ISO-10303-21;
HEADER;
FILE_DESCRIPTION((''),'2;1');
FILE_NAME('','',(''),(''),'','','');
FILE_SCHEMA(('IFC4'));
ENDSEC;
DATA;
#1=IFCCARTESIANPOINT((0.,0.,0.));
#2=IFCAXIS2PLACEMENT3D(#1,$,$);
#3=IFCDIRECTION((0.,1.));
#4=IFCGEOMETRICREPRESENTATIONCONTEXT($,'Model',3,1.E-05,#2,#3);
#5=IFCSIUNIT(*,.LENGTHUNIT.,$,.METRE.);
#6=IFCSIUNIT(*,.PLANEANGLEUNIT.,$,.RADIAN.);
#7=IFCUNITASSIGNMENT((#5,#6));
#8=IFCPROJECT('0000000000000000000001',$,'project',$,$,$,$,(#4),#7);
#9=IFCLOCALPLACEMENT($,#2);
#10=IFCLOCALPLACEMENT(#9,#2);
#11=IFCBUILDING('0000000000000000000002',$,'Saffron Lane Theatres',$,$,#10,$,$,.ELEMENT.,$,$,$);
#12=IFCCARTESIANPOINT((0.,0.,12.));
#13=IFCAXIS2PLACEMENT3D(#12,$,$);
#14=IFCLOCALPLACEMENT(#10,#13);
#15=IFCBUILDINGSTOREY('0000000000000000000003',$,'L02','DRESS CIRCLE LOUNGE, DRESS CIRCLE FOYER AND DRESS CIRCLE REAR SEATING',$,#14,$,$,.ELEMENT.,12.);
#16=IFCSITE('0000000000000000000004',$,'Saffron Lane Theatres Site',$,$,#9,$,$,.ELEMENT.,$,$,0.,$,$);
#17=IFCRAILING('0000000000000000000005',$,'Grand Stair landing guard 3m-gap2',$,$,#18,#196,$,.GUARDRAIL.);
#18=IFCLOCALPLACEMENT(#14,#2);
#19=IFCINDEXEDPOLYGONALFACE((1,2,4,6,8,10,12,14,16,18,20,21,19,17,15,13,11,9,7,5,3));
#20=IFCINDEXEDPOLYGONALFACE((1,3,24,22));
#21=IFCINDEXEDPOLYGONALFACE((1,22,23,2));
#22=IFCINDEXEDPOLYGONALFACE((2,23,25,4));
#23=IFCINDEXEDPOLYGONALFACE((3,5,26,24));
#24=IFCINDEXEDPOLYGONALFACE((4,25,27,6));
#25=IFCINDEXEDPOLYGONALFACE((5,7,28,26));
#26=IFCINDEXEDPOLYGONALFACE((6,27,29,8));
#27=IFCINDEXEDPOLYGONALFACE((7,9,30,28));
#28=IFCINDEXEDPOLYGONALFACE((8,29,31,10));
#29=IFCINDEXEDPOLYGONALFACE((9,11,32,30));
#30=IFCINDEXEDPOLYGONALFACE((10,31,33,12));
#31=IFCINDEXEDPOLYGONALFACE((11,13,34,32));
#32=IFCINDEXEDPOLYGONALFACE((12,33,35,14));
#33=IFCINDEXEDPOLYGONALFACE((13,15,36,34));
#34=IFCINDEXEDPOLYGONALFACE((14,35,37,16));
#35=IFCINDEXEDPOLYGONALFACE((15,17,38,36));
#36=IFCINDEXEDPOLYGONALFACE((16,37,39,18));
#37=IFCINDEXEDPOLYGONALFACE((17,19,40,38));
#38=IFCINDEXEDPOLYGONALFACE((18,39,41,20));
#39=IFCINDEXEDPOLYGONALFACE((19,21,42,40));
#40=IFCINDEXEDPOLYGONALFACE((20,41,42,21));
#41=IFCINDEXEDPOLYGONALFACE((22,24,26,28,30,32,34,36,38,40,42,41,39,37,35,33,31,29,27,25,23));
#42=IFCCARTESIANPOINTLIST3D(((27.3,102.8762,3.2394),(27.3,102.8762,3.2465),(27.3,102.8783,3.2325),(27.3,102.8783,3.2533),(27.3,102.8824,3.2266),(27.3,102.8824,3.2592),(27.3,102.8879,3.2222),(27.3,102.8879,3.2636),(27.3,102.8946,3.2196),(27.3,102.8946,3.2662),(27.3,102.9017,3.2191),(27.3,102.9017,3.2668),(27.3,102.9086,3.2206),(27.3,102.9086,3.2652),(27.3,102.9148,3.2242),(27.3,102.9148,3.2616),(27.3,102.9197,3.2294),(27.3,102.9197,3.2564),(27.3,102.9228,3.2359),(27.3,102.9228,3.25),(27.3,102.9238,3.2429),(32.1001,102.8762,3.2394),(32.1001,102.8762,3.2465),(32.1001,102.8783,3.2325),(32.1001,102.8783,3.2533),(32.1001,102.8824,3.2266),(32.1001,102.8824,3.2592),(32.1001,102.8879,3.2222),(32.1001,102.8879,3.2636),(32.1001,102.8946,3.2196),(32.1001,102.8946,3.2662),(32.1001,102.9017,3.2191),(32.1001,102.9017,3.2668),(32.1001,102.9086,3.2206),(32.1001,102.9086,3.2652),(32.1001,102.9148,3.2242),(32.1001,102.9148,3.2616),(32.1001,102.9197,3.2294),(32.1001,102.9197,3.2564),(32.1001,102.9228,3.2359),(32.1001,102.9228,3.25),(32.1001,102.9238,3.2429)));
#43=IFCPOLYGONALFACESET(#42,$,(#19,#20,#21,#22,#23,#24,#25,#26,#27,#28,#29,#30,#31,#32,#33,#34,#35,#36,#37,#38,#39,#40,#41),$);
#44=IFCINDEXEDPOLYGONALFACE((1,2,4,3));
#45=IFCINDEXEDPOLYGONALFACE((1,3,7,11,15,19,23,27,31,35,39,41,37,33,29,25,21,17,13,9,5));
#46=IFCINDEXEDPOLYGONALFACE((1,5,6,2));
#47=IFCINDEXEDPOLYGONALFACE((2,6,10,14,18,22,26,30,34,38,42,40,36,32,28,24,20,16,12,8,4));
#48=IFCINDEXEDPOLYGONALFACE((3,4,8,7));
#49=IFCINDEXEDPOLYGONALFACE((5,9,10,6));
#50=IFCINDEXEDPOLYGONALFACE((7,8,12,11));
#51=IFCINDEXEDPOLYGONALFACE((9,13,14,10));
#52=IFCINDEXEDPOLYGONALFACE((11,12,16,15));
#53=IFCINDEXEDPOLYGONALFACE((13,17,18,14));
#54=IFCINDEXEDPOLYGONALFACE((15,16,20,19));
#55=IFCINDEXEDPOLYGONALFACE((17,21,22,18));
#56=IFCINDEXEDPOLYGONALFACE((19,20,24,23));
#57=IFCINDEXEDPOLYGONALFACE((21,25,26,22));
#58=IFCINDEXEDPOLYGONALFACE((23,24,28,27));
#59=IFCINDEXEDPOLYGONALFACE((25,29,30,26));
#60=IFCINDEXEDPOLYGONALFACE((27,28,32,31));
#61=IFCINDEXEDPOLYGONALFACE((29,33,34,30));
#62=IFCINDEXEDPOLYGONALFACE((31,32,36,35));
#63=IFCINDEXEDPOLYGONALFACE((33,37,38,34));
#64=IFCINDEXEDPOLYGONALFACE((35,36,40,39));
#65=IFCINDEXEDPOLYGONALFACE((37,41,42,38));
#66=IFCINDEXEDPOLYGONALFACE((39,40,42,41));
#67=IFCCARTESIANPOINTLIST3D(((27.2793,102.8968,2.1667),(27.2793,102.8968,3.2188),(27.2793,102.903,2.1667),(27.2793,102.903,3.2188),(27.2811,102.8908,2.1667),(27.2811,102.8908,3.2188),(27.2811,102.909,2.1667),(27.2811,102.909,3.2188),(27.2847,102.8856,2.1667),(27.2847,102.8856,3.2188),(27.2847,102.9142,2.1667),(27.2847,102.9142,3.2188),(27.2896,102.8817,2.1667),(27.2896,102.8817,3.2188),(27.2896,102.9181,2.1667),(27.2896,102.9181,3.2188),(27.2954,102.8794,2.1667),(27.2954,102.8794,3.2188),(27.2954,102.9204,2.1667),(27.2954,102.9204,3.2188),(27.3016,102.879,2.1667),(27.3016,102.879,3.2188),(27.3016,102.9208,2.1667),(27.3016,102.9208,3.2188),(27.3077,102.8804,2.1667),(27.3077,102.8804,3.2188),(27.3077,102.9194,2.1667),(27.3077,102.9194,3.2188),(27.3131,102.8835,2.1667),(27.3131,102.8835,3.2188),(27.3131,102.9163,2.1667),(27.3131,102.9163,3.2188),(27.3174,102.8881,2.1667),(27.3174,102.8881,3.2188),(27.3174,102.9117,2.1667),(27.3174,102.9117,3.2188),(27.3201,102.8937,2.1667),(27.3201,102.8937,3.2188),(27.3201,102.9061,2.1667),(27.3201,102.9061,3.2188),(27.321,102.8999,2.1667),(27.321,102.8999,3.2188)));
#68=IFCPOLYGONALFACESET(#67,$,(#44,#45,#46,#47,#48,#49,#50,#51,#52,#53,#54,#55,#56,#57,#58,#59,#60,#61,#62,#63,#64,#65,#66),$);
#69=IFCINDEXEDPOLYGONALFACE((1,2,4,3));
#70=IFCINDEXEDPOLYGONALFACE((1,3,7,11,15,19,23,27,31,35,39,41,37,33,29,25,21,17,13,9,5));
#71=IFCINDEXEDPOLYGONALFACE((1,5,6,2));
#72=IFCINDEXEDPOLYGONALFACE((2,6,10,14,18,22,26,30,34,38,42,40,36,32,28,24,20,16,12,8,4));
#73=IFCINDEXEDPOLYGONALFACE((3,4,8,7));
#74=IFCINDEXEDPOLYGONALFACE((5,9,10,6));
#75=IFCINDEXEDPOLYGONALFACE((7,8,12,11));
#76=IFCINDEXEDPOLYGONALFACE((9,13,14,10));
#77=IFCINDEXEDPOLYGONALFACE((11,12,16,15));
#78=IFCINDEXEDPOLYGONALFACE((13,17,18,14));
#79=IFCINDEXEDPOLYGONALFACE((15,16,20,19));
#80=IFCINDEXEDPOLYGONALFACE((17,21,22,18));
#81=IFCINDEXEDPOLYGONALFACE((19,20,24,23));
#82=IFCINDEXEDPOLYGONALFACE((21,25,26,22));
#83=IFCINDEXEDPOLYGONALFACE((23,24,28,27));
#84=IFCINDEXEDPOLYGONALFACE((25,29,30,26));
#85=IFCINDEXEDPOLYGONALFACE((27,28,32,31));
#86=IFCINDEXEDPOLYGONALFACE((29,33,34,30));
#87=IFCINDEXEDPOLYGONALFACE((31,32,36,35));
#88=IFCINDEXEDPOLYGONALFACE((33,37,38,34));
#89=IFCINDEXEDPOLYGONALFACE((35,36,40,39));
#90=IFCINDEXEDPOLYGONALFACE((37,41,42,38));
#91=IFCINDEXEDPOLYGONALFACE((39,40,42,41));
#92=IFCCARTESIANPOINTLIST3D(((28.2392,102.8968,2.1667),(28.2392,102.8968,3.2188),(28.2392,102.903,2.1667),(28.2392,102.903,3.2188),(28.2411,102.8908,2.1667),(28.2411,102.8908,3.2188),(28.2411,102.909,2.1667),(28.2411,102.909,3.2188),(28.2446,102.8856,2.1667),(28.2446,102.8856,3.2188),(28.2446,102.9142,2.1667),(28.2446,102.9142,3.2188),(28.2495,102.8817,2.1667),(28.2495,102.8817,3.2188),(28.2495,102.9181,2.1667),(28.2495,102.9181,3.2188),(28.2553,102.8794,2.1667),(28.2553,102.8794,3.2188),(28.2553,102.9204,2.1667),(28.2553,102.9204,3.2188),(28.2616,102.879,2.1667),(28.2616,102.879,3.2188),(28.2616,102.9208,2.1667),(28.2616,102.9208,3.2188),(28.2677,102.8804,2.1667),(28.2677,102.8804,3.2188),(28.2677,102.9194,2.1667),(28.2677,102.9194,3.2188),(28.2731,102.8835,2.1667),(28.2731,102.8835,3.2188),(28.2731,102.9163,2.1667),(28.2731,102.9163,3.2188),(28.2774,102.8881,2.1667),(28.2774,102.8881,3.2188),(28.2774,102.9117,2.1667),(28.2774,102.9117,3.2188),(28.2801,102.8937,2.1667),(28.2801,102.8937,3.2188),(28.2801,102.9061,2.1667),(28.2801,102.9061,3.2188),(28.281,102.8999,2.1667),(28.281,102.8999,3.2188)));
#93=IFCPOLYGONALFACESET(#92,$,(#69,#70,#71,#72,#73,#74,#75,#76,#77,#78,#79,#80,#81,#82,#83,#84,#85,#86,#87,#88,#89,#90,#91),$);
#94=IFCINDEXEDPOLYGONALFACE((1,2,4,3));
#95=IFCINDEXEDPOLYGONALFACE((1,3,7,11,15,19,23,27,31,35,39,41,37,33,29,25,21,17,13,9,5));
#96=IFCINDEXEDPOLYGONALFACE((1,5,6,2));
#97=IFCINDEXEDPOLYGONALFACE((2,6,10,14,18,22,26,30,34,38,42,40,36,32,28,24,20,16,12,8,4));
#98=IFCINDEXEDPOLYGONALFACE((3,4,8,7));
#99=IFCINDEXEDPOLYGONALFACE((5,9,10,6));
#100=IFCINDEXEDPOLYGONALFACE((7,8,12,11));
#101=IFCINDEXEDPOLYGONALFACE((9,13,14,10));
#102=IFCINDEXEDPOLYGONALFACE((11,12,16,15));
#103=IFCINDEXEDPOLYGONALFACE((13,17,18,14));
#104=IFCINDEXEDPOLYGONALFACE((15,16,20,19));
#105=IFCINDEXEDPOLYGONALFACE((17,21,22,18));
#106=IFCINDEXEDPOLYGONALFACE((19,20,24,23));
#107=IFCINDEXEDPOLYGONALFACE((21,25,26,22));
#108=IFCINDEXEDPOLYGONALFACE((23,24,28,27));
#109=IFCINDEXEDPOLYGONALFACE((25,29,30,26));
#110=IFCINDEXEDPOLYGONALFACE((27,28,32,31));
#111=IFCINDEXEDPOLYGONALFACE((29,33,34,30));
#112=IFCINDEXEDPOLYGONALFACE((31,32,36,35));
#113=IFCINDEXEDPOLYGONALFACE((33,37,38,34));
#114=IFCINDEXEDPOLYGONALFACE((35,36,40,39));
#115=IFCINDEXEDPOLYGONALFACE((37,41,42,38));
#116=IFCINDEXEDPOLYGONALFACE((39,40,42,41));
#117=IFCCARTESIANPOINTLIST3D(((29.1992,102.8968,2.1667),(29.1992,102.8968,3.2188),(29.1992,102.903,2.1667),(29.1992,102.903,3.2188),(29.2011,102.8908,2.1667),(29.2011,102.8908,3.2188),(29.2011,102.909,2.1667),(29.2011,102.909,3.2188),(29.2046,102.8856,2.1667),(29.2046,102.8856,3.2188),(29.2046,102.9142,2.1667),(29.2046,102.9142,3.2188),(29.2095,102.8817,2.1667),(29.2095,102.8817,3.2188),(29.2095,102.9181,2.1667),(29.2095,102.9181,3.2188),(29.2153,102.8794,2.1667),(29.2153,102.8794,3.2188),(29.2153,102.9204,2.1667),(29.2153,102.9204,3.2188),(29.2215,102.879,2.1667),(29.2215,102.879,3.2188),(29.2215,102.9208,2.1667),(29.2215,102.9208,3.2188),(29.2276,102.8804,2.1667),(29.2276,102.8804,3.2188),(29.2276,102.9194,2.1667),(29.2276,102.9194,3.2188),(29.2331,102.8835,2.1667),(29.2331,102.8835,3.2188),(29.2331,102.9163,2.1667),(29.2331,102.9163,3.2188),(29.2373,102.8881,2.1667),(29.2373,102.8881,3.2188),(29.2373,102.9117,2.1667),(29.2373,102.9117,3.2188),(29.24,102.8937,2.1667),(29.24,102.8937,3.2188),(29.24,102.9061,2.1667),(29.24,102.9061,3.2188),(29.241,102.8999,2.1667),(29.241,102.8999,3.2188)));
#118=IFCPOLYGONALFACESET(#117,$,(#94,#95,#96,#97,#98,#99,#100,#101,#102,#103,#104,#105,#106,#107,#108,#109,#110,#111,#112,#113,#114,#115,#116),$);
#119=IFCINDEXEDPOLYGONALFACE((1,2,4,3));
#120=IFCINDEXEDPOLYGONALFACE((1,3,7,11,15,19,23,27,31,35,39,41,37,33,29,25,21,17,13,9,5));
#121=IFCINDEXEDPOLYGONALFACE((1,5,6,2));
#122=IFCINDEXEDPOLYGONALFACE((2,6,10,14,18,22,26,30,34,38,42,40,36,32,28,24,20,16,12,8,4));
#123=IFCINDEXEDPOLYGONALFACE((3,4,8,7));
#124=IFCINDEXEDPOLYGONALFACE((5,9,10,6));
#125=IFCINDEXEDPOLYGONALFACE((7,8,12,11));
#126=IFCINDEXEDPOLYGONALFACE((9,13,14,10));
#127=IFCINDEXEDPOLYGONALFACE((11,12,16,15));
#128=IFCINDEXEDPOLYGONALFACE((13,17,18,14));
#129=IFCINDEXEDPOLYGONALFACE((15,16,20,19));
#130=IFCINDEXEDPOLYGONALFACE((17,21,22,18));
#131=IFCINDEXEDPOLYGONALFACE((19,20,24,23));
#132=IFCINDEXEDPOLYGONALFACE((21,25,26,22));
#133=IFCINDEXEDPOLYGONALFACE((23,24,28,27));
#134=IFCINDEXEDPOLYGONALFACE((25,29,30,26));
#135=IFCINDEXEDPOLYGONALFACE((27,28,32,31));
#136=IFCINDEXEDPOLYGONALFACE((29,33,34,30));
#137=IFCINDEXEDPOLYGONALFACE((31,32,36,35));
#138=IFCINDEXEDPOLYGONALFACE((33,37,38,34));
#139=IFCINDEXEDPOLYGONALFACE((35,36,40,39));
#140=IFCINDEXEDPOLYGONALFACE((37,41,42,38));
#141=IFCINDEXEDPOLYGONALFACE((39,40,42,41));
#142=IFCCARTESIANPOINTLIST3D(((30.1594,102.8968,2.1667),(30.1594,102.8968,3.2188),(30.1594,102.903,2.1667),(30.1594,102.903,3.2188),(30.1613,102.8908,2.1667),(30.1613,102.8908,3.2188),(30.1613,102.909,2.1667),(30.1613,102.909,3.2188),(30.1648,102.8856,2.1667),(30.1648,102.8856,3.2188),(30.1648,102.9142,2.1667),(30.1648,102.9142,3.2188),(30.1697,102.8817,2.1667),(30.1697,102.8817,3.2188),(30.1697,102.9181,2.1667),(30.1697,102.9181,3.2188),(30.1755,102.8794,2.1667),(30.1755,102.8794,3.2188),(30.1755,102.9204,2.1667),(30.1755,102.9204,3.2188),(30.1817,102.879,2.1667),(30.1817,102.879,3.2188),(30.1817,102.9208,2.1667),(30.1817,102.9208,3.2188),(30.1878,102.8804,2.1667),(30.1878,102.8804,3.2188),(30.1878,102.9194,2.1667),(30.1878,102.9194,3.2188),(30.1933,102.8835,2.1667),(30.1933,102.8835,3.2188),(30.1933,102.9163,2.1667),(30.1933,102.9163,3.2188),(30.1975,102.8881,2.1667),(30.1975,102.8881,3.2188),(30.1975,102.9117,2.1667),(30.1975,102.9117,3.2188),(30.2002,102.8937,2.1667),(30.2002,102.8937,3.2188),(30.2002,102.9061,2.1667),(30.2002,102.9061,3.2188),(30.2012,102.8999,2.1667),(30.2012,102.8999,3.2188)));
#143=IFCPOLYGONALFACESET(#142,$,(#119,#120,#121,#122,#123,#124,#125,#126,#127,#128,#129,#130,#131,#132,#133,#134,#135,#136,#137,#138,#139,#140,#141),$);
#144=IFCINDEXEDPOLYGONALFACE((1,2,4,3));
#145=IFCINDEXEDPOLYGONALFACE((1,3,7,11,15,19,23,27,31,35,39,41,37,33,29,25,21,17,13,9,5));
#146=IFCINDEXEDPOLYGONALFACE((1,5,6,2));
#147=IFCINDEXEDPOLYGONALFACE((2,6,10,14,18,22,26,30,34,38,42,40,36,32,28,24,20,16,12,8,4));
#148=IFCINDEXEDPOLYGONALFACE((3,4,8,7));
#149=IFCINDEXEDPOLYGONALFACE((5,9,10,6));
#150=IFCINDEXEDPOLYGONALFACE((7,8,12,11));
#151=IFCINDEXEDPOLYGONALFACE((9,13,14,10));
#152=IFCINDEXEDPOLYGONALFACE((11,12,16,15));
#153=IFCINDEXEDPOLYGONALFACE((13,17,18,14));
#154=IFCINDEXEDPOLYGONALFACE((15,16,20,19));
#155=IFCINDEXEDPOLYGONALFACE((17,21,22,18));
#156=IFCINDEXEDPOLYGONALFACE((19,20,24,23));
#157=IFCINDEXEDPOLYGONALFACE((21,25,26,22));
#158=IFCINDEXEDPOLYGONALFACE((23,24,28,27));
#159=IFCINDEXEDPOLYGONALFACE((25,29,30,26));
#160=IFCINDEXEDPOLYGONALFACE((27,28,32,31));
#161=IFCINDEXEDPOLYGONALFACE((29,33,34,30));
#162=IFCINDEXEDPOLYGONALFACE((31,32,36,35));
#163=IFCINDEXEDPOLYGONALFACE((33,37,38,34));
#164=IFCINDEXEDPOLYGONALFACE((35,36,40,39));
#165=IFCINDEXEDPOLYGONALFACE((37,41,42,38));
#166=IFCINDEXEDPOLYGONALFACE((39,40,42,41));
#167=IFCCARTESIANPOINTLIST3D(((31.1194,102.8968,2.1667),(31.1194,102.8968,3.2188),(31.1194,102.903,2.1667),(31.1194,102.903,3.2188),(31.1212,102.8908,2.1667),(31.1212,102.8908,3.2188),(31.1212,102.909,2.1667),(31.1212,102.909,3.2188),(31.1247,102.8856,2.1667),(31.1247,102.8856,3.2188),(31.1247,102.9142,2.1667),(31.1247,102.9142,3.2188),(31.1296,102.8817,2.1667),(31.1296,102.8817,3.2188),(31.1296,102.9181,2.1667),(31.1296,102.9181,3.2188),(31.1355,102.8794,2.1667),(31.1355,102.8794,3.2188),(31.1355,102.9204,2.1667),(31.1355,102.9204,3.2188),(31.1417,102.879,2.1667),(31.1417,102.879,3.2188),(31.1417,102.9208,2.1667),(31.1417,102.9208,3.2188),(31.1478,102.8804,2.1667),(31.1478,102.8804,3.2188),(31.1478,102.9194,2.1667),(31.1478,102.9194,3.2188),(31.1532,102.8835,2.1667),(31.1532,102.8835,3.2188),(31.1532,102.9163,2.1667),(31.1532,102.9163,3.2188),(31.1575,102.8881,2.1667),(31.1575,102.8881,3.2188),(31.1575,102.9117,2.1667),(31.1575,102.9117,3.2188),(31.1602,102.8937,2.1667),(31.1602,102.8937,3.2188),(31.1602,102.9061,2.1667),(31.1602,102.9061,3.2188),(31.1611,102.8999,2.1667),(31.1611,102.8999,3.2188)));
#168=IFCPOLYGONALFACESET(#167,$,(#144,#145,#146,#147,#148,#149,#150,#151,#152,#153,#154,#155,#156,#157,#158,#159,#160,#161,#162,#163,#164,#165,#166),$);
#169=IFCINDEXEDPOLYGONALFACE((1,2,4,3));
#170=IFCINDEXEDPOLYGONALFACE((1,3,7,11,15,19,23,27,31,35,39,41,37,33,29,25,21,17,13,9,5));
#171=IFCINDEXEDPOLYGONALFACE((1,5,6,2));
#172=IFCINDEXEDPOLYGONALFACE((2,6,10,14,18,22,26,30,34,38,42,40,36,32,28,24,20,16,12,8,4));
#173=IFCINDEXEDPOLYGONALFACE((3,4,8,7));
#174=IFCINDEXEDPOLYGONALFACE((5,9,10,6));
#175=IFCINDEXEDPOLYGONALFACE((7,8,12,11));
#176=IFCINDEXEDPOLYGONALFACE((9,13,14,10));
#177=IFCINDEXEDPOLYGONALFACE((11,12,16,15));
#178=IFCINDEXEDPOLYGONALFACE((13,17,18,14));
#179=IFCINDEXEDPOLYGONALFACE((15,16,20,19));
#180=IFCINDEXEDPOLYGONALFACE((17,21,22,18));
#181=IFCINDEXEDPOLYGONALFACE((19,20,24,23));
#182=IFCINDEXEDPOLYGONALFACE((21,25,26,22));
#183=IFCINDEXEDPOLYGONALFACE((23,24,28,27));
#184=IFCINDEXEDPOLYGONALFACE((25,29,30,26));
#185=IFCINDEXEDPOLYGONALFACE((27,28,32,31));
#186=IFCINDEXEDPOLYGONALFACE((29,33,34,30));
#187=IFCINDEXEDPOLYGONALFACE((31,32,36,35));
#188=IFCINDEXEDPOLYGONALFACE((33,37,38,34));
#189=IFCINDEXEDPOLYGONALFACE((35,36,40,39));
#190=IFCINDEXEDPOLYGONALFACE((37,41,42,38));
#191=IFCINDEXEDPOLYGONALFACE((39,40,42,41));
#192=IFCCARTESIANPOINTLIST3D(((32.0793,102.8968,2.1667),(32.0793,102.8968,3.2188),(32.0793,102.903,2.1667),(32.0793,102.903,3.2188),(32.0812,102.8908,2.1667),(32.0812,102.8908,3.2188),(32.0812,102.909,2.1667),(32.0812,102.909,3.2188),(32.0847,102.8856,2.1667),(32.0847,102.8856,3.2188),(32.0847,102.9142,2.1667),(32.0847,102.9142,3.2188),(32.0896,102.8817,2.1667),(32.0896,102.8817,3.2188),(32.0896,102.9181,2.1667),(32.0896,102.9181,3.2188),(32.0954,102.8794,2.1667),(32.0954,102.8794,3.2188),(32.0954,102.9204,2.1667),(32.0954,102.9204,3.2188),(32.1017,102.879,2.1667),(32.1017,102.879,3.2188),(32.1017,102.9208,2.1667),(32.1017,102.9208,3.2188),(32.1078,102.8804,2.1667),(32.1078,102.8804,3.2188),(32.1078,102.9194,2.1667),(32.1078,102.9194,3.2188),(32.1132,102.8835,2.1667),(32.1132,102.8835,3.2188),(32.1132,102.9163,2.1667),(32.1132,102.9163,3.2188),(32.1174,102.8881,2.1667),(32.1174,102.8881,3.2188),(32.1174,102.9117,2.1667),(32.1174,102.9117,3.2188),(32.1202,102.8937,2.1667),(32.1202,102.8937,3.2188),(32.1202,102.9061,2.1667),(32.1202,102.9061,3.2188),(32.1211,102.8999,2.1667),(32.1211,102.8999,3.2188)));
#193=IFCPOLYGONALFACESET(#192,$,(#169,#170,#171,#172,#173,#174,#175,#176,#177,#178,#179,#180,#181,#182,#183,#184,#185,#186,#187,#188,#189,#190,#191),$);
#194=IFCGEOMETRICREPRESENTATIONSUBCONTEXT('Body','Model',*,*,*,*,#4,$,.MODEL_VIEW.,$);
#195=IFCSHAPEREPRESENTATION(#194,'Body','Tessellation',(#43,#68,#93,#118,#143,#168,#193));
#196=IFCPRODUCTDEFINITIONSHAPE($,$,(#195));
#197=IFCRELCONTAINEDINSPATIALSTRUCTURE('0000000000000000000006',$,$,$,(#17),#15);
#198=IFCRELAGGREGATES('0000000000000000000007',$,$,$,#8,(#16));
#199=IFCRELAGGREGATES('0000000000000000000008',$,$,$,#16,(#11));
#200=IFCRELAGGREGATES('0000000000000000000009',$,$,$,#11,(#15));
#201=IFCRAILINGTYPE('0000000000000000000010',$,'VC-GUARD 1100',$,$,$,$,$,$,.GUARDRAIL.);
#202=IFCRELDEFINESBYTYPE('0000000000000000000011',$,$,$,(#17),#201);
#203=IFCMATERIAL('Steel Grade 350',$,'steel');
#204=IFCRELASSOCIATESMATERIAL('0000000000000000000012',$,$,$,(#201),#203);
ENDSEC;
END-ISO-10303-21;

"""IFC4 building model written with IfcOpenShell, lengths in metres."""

from ifc_helpers import new_model, si_unit, direction, frame, origin, origin_2d, place, context, subcontext, project, spatial, circle, extrude, material, type_object, element, save


model = new_model("IFC4")

# Units and contexts
model_context = context("Model", 3, precision=1e-05, world=origin(), true_north=direction((0.0, 1.0)))
body_context = subcontext(model_context, "Body", "Model", "MODEL_VIEW")
ifc_project = project(units=[si_unit("LENGTHUNIT", "METRE"), si_unit("PLANEANGLEUNIT", "RADIAN")], contexts=[model_context])

# Site, building, storey
site_placement = place(None, origin())
site = spatial("IfcSite", under=ifc_project, at=site_placement, Name="Saffron Lane Theatres Site", CompositionType="ELEMENT", RefElevation=0.0)
building_placement = place(site_placement, origin())
building = spatial("IfcBuilding", under=site, at=building_placement, Name="Saffron Lane Theatres", CompositionType="ELEMENT")
storey_placement = place(building_placement, frame((0.0, 0.0, 12.0)))
storey = spatial("IfcBuildingStorey", under=building, at=storey_placement, Name="L02", Description="DRESS CIRCLE LOUNGE, DRESS CIRCLE FOYER AND DRESS CIRCLE REAR SEATING", CompositionType="ELEMENT", Elevation=12.0)

# Railing
ifc_material_1 = material(Name="Steel Grade 350", Category="steel")
railing_type = type_object("IfcRailingType", Name="VC-GUARD 1100", PredefinedType="GUARDRAIL", material=ifc_material_1)
railing_1_placement = place(storey_placement, frame((27.3, 102.8999, 2.1667)))
element("IfcRailing", 1, at=railing_1_placement, inside=storey, type_object=railing_type, Name="Grand Stair landing guard 3m-gap2", PredefinedType="GUARDRAIL", context=body_context, shape_type="SweptSolid", body=[
    extrude(circle(Radius=0.0239, at=origin_2d()), frame((0.0, 0.0, 1.0762), z_axis=(1.0, 0.0, 0.0), x_axis=(0.0, 1.0, 0.0)), (0.0, 0.0, 1.0), 4.8),
    extrude(circle(Radius=0.021, at=origin_2d()), origin(), (0.0, 0.0, 1.0), 1.052),
    extrude(circle(Radius=0.021, at=origin_2d()), frame((0.96, 0.0, 0.0)), (0.0, 0.0, 1.0), 1.052),
    extrude(circle(Radius=0.021, at=origin_2d()), frame((1.9199, 0.0, 0.0)), (0.0, 0.0, 1.0), 1.052),
    extrude(circle(Radius=0.021, at=origin_2d()), frame((2.8801, 0.0, 0.0)), (0.0, 0.0, 1.0), 1.052),
    extrude(circle(Radius=0.021, at=origin_2d()), frame((3.8401, 0.0, 0.0)), (0.0, 0.0, 1.0), 1.052),
    extrude(circle(Radius=0.021, at=origin_2d()), frame((4.8, 0.0, 0.0)), (0.0, 0.0, 1.0), 1.052),
])

save(model, "model.ifc")
